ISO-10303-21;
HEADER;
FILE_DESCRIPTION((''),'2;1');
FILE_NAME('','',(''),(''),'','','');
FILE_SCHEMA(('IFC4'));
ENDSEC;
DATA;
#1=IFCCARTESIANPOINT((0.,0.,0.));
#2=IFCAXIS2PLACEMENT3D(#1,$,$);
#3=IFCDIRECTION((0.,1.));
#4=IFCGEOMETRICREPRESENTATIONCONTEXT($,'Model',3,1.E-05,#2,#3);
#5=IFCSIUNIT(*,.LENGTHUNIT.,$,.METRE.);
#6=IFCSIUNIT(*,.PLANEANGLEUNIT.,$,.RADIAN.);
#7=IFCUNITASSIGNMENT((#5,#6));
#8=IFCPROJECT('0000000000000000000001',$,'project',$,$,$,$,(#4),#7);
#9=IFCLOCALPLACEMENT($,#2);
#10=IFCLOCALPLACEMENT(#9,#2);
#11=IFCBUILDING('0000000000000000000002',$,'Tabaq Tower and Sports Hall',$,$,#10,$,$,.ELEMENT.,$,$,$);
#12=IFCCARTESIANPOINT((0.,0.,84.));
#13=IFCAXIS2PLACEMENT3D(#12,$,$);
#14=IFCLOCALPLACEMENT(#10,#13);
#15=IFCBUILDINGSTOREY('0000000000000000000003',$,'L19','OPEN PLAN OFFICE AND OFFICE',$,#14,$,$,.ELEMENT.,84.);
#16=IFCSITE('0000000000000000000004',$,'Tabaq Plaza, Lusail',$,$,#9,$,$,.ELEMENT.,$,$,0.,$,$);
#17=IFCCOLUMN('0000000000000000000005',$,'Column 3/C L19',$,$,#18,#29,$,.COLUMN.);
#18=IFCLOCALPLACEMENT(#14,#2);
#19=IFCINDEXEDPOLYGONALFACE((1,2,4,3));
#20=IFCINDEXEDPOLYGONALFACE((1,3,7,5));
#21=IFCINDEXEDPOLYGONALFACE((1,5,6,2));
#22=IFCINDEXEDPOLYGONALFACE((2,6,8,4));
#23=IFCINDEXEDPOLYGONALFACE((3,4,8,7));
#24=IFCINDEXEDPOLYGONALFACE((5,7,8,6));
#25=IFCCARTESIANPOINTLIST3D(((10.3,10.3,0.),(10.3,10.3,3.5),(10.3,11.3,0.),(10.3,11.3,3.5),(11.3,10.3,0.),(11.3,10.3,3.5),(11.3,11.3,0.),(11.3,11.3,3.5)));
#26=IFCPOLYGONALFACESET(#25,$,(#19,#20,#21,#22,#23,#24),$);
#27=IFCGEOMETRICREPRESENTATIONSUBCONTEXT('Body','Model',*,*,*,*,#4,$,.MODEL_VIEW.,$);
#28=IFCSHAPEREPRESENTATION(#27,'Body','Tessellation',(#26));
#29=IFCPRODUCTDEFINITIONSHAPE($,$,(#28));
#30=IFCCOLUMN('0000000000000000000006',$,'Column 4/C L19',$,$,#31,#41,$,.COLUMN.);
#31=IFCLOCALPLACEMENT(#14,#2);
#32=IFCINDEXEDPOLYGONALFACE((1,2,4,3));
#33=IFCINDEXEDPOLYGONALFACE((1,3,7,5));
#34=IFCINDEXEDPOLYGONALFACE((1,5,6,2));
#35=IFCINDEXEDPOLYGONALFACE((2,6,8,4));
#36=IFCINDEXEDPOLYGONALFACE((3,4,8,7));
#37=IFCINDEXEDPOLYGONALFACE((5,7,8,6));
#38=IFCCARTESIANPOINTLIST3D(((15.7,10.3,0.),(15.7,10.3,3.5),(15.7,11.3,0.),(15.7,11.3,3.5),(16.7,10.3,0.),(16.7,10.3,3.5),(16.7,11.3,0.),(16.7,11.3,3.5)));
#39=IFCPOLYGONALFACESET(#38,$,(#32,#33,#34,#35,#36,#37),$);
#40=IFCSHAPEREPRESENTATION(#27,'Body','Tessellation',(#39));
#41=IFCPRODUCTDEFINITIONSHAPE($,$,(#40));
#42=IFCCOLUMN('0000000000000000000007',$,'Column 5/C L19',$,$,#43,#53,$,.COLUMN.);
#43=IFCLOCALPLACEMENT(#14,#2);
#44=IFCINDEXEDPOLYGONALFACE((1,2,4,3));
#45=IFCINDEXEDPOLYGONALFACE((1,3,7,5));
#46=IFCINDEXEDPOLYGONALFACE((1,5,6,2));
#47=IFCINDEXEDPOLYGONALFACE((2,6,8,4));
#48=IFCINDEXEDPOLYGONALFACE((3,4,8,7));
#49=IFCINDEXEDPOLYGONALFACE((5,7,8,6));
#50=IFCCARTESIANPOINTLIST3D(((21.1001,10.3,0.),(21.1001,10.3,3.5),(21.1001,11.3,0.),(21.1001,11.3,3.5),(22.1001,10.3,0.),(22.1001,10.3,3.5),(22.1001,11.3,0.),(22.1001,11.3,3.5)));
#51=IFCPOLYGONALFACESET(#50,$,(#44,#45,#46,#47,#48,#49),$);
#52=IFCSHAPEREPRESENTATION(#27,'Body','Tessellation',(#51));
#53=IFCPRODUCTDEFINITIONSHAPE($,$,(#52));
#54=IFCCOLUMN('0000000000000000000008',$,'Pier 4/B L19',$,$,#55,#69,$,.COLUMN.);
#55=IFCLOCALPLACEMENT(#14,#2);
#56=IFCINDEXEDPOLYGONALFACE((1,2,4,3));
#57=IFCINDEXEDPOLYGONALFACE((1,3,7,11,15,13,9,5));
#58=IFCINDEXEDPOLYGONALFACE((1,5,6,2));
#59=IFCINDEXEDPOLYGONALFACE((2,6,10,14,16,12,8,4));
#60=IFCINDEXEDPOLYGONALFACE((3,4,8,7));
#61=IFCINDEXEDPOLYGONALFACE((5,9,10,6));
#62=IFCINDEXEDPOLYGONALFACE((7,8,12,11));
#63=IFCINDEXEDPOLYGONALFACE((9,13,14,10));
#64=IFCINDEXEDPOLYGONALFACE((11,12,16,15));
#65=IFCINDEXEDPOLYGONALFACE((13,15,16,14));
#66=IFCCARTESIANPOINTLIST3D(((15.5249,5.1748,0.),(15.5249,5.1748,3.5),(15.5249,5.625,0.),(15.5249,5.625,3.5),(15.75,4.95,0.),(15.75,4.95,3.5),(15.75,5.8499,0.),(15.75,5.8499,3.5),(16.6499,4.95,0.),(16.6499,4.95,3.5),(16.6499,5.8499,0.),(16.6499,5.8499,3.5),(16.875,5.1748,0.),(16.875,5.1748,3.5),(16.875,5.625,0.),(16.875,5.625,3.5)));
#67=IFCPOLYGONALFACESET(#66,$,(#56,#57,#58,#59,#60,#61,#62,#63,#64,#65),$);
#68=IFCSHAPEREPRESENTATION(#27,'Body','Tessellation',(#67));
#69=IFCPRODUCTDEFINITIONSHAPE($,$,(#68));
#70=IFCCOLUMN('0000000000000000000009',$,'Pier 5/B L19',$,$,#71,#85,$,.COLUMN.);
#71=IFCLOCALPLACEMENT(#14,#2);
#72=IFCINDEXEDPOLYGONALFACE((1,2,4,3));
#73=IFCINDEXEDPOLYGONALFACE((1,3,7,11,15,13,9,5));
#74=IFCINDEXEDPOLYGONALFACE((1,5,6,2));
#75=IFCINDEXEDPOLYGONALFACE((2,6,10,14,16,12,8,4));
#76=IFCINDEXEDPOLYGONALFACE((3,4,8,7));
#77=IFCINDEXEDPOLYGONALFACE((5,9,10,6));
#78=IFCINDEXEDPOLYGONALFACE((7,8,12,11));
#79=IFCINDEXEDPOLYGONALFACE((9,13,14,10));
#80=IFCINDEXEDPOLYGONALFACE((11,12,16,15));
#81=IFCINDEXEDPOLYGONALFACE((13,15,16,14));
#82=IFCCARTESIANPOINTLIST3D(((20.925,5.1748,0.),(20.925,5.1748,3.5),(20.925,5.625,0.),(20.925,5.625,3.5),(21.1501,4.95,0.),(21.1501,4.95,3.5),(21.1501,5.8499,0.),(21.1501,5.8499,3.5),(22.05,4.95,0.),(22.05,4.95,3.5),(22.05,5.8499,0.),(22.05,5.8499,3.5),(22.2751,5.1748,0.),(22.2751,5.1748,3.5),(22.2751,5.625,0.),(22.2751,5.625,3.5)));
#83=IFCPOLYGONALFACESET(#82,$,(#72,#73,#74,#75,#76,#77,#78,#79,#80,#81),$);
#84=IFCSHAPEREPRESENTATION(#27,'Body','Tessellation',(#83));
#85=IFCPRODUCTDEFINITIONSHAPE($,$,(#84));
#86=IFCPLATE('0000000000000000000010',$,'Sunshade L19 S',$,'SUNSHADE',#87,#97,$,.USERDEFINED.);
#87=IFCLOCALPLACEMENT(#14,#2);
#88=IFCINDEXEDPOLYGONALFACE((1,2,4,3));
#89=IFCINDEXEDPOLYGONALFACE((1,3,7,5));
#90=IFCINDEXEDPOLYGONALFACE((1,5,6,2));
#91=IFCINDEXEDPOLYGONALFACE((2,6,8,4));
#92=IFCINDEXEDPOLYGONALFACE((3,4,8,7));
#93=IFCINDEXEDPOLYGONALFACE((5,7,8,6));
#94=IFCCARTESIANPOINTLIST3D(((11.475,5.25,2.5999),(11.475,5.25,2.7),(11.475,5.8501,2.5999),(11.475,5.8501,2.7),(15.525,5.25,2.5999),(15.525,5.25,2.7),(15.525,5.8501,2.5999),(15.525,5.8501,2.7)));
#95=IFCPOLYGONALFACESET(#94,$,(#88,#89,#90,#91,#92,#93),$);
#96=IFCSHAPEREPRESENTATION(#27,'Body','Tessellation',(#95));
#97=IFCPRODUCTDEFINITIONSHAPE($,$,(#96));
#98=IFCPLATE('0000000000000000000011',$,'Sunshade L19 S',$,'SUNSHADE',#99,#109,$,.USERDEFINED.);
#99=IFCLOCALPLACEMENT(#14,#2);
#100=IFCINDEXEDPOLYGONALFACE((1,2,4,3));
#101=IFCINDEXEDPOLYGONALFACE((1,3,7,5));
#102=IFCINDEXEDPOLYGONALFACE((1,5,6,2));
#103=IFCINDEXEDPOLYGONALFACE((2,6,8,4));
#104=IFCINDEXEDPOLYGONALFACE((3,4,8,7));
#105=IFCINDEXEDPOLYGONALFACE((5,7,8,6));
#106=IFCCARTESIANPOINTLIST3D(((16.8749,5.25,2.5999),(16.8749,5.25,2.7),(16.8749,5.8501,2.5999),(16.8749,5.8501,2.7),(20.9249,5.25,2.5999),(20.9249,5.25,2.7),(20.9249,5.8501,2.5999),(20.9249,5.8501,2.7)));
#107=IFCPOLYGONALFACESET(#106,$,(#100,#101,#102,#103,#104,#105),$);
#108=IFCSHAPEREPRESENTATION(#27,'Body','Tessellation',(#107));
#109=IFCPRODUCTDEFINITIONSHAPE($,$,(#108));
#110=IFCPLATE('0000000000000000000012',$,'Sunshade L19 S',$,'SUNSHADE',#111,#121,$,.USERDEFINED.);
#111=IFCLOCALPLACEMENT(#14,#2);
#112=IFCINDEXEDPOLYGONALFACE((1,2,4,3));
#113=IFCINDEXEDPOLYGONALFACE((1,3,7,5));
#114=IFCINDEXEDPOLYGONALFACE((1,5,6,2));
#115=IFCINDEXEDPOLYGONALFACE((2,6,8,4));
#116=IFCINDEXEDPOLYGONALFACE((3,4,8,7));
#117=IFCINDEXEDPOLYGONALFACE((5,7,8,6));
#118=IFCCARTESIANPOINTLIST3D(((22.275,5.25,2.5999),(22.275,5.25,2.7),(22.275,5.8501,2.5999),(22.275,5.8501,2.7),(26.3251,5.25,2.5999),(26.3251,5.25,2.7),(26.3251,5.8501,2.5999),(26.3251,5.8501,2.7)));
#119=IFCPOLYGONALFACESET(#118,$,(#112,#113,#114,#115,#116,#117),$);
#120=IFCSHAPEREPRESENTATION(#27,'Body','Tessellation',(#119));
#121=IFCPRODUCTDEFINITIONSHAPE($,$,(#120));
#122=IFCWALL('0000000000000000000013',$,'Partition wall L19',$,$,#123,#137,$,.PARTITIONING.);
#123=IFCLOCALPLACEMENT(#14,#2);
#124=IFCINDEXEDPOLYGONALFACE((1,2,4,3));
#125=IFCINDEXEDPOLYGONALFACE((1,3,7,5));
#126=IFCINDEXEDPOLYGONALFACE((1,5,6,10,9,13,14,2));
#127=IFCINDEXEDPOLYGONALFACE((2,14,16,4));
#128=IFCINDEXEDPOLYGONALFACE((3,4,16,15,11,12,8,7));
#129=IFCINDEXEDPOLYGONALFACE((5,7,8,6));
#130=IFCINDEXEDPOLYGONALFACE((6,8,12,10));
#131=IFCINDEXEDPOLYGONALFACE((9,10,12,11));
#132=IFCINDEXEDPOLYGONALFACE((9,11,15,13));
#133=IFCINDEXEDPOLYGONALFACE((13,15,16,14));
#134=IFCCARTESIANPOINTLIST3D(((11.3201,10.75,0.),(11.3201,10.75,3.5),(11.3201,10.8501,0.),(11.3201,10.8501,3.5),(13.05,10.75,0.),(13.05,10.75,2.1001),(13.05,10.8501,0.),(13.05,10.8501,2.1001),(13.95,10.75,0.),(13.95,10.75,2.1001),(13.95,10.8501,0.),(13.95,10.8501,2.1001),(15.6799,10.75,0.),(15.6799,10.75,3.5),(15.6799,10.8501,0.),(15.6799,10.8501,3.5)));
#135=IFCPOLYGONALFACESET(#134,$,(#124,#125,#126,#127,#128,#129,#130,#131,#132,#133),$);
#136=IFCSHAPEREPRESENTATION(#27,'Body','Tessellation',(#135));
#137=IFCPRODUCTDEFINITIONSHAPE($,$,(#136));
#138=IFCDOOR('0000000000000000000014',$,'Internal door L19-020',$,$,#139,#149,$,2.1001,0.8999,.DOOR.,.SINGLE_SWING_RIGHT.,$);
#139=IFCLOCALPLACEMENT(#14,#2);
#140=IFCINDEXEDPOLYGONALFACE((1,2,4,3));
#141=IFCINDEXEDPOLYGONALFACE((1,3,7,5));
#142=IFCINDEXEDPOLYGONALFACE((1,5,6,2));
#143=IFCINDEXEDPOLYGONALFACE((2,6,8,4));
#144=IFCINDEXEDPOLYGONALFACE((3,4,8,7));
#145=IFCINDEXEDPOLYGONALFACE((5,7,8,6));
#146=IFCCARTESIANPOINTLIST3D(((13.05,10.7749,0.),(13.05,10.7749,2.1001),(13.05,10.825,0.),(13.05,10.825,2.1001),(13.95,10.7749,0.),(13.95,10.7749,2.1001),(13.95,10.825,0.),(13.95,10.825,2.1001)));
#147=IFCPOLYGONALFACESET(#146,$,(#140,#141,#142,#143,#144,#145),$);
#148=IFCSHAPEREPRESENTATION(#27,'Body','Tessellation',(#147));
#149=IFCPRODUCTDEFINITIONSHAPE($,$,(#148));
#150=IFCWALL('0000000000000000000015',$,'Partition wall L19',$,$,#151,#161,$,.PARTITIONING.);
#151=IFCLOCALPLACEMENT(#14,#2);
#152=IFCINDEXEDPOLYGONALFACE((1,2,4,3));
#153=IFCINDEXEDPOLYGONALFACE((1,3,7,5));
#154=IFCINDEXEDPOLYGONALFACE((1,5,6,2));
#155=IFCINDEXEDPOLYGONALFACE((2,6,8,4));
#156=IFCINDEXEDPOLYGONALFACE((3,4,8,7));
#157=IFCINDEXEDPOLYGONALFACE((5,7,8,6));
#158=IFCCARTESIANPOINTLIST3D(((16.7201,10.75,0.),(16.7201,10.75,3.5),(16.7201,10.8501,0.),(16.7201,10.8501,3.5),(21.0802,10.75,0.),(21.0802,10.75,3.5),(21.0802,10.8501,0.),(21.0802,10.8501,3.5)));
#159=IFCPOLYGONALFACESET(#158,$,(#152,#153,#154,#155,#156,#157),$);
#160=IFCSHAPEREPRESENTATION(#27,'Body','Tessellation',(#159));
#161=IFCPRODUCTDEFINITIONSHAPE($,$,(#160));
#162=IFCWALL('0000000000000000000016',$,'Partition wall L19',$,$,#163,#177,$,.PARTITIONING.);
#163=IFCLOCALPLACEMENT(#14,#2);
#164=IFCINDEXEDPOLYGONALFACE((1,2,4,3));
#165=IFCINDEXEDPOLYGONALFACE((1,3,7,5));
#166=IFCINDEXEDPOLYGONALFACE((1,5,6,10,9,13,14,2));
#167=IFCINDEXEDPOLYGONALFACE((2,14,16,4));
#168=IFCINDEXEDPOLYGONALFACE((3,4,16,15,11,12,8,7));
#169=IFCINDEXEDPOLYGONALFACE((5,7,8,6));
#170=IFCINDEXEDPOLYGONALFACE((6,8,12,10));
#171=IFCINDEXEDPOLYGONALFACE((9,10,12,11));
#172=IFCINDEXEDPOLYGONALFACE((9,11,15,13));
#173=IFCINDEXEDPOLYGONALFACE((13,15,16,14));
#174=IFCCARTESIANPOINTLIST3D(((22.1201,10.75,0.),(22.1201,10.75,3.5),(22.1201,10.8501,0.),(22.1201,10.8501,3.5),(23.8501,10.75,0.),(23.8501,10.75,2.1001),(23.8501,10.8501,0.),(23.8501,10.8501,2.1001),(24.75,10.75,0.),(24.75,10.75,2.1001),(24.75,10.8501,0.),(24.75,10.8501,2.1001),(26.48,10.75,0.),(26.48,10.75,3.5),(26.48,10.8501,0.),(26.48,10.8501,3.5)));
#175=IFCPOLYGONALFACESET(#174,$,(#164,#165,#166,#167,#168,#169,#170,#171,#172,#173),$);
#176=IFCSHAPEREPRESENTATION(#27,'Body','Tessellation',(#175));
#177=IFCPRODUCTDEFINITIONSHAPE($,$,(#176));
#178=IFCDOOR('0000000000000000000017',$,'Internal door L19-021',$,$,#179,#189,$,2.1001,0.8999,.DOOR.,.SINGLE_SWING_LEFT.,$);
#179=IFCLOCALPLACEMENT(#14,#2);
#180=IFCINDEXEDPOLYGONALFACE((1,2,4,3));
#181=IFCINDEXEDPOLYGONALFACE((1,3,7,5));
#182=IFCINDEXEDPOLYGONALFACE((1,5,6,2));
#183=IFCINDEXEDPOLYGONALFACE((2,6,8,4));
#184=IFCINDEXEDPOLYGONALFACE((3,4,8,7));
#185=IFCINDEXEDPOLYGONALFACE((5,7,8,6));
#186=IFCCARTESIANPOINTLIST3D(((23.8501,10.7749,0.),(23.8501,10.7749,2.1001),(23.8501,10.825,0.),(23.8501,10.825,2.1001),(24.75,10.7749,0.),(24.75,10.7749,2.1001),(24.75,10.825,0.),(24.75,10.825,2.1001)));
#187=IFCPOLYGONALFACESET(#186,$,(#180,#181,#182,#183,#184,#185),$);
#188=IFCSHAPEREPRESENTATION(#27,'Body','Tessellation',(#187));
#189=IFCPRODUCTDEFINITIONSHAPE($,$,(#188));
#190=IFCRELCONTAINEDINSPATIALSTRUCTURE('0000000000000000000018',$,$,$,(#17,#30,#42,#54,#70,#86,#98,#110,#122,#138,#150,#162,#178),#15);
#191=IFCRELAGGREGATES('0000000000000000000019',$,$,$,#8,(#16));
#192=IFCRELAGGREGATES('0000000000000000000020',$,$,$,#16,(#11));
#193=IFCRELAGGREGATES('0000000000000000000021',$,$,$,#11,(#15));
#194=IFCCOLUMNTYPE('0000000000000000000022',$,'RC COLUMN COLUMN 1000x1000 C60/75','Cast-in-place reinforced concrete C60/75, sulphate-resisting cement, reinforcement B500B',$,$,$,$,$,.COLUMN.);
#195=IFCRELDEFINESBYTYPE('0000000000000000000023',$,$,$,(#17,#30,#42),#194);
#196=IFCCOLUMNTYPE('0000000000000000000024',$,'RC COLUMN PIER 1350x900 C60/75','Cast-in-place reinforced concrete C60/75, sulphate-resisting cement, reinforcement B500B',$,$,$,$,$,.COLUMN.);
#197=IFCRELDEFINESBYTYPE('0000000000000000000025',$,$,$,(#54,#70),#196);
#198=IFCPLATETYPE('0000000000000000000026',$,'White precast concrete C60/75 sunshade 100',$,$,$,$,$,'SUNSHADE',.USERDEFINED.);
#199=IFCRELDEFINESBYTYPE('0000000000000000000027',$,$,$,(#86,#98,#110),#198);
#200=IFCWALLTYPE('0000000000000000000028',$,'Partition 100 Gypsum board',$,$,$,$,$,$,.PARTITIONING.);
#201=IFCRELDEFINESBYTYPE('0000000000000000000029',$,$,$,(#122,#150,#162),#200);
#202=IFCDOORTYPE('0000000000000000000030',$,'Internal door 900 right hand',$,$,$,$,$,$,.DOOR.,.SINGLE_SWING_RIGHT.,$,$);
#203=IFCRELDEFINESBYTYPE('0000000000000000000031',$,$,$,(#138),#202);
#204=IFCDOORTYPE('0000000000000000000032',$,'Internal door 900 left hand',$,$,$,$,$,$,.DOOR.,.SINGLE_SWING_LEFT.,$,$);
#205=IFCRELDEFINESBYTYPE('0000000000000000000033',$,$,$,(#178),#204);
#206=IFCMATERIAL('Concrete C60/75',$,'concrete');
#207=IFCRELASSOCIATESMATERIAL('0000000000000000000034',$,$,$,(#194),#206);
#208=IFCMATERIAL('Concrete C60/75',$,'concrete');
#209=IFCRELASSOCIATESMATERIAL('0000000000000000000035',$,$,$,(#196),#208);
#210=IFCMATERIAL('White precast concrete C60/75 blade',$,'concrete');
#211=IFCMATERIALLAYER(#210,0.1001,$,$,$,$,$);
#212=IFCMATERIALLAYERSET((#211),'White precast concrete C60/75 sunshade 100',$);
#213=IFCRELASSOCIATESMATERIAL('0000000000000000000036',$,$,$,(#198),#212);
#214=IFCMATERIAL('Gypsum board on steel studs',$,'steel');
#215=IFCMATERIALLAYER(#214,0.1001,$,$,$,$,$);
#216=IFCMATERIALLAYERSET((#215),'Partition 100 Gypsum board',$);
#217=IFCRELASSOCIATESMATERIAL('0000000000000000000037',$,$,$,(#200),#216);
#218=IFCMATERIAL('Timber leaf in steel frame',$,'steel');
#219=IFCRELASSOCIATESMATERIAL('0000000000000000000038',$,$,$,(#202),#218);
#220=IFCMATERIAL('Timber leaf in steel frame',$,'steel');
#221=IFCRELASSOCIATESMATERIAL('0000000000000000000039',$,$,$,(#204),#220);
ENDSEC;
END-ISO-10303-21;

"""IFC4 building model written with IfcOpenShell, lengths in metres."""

from ifc_helpers import new_model, si_unit, direction, frame, frame_2d, origin, origin_2d, place, context, subcontext, project, spatial, polyline, rectangle, outline, extrude, material, layer, layer_set, material_profile, profile_set, type_object, element, fill, save


model = new_model("IFC4")

# Units and contexts
model_context = context("Model", 3, precision=1e-05, world=origin(), true_north=direction((0.0, 1.0)))
body_context = subcontext(model_context, "Body", "Model", "MODEL_VIEW")
ifc_project = project(units=[si_unit("LENGTHUNIT", "METRE"), si_unit("PLANEANGLEUNIT", "RADIAN")], contexts=[model_context])

# Site, building, storey
site_placement = place(None, origin())
site = spatial("IfcSite", under=ifc_project, at=site_placement, Name="Tabaq Plaza, Lusail", CompositionType="ELEMENT", RefElevation=0.0)
building_placement = place(site_placement, origin())
building = spatial("IfcBuilding", under=site, at=building_placement, Name="Tabaq Tower and Sports Hall", CompositionType="ELEMENT")
storey_placement = place(building_placement, frame((0.0, 0.0, 84.0)))
storey = spatial("IfcBuildingStorey", under=building, at=storey_placement, Name="L19", Description="OPEN PLAN OFFICE AND OFFICE", CompositionType="ELEMENT", Elevation=84.0)

# Columns
ifc_material_1 = material(Name="Concrete C60/75", Category="concrete")
ifc_material_profile_1 = material_profile(ifc_material_1, rectangle(XDim=1.0, YDim=1.0, at=origin_2d()), Name="COLUMN 1000x1000")
ifc_profile_set_1 = profile_set([ifc_material_profile_1], Name="Concrete C60/75")
column_type_1 = type_object("IfcColumnType", Name="RC COLUMN COLUMN 1000x1000 C60/75", Description="Cast-in-place reinforced concrete C60/75, sulphate-resisting cement, reinforcement B500B", PredefinedType="COLUMN", material=ifc_profile_set_1)
for number, where, z_axis, x_axis, name in (
    (1, (10.8, 10.8, 0.0), (0.0, 0.0, 1.0), (1.0, 0.0, 0.0), "Column 3/C L19"),
    (2, (16.2, 10.8, 0.0), (0.0, 0.0, 1.0), (1.0, 0.0, 0.0), "Column 4/C L19"),
    (3, (21.6001, 10.8, 0.0), (0.0, 0.0, 1.0), (1.0, 0.0, 0.0), "Column 5/C L19"),
):
    element("IfcColumn", number, at=place(storey_placement, frame(where, z_axis=z_axis, x_axis=x_axis)), inside=storey, type_object=column_type_1, Name=name, PredefinedType="COLUMN", context=body_context, shape_type="SweptSolid", body=[
        extrude(rectangle(XDim=1.0, YDim=1.0, at=origin_2d()), origin(), (0.0, 0.0, 1.0), 3.5),
    ])
ifc_material_2 = material(Name="Concrete C60/75", Category="concrete")
ifc_material_profile_2 = material_profile(ifc_material_2, outline(polyline([(-0.45, -0.45), (0.45, -0.45), (0.675, -0.2251), (0.675, 0.2251), (0.45, 0.45), (-0.45, 0.45), (-0.675, 0.2251), (-0.675, -0.2251), (-0.45, -0.45)])), Name="PIER 1350x900")
ifc_profile_set_2 = profile_set([ifc_material_profile_2], Name="Concrete C60/75")
column_type_2 = type_object("IfcColumnType", Name="RC COLUMN PIER 1350x900 C60/75", Description="Cast-in-place reinforced concrete C60/75, sulphate-resisting cement, reinforcement B500B", PredefinedType="COLUMN", material=ifc_profile_set_2)
for number, where, z_axis, x_axis, name in (
    (4, (16.2, 5.3999, 0.0), (0.0, 0.0, 1.0), (1.0, 0.0, 0.0), "Pier 4/B L19"),
    (5, (21.6001, 5.3999, 0.0), (0.0, 0.0, 1.0), (1.0, 0.0, 0.0), "Pier 5/B L19"),
):
    element("IfcColumn", number, at=place(storey_placement, frame(where, z_axis=z_axis, x_axis=x_axis)), inside=storey, type_object=column_type_2, Name=name, PredefinedType="COLUMN", context=body_context, shape_type="SweptSolid", body=[
        extrude(outline(polyline([(-0.45, -0.45), (0.45, -0.45), (0.675, -0.2251), (0.675, 0.2251), (0.45, 0.45), (-0.45, 0.45), (-0.675, 0.2251), (-0.675, -0.2251), (-0.45, -0.45)])), origin(), (0.0, 0.0, 1.0), 3.5),
    ])

# Plates
ifc_material_3 = material(Name="White precast concrete C60/75 blade", Category="concrete")
ifc_layer_1 = layer(ifc_material_3, 0.1001)
ifc_layer_set_1 = layer_set([ifc_layer_1], Name="White precast concrete C60/75 sunshade 100")
plate_type = type_object("IfcPlateType", Name="White precast concrete C60/75 sunshade 100", ElementType="SUNSHADE", PredefinedType="USERDEFINED", material=ifc_layer_set_1)
for number, where, z_axis, x_axis, name in (
    (6, (13.5, 5.55, 2.5999), (0.0, 0.0, 1.0), (1.0, 0.0, 0.0), "Sunshade L19 S"),
    (7, (18.8999, 5.55, 2.5999), (0.0, 0.0, 1.0), (1.0, 0.0, 0.0), "Sunshade L19 S"),
    (8, (24.3, 5.55, 2.5999), (0.0, 0.0, 1.0), (1.0, 0.0, 0.0), "Sunshade L19 S"),
):
    element("IfcPlate", number, at=place(storey_placement, frame(where, z_axis=z_axis, x_axis=x_axis)), inside=storey, type_object=plate_type, Name=name, ObjectType="SUNSHADE", PredefinedType="USERDEFINED", context=body_context, shape_type="SweptSolid", body=[
        extrude(rectangle(XDim=4.05, YDim=0.6001, at=origin_2d()), origin(), (0.0, 0.0, 1.0), 0.1001),
    ])

# Wall, opening, door
ifc_material_4 = material(Name="Gypsum board on steel studs", Category="steel")
ifc_layer_2 = layer(ifc_material_4, 0.1001)
ifc_layer_set_2 = layer_set([ifc_layer_2], Name="Partition 100 Gypsum board")
wall_type_1 = type_object("IfcWallType", Name="Partition 100 Gypsum board", PredefinedType="PARTITIONING", material=ifc_layer_set_2)
wall_1_placement = place(storey_placement, frame((11.3201, 10.8, 0.0), z_axis=(0.0, 0.0, 1.0), x_axis=(1.0, 0.0, 0.0)))
wall_1 = element("IfcWall", 9, at=wall_1_placement, inside=storey, type_object=wall_type_1, Name="Partition wall L19", PredefinedType="PARTITIONING", context=body_context, shape_type="SweptSolid", body=[
    extrude(rectangle(XDim=4.3599, YDim=0.1001, at=frame_2d((2.1799, 0.0))), origin(), (0.0, 0.0, 1.0), 3.5),
])
opening_1_placement = place(wall_1_placement, frame((1.73, 0.0, 0.0)))
opening_1 = element("IfcOpeningElement", 10, at=opening_1_placement, cuts=wall_1, PredefinedType="OPENING", context=body_context, shape_type="SweptSolid", body=[
    extrude(rectangle(XDim=0.8999, YDim=2.1001, at=frame_2d((0.45, 1.05))), frame((0.0, 0.05, 0.0), z_axis=(0.0, -1.0, 0.0), x_axis=(1.0, 0.0, 0.0)), (0.0, 0.0, 1.0), 0.1001),
])
ifc_material_5 = material(Name="Timber leaf in steel frame", Category="steel")
door_type_1 = type_object("IfcDoorType", Name="Internal door 900 right hand", OperationType="SINGLE_SWING_RIGHT", PredefinedType="DOOR", material=ifc_material_5)
door_1_placement = place(opening_1_placement, origin())
door_1 = element("IfcDoor", 11, at=door_1_placement, inside=storey, type_object=door_type_1, Name="Internal door L19-020", OperationType="SINGLE_SWING_RIGHT", OverallHeight=2.1001, OverallWidth=0.8999, PredefinedType="DOOR", context=body_context, shape_type="SweptSolid", body=[
    extrude(rectangle(XDim=0.8999, YDim=2.1001, at=frame_2d((0.45, 1.05))), frame((0.0, 0.0249, 0.0), z_axis=(0.0, -1.0, 0.0), x_axis=(1.0, 0.0, 0.0)), (0.0, 0.0, 1.0), 0.05),
])
fill(opening_1, door_1)

# Wall
wall_2_placement = place(storey_placement, frame((16.72, 10.8, 0.0), z_axis=(0.0, 0.0, 1.0), x_axis=(1.0, 0.0, 0.0)))
element("IfcWall", 12, at=wall_2_placement, inside=storey, type_object=wall_type_1, Name="Partition wall L19", PredefinedType="PARTITIONING", context=body_context, shape_type="SweptSolid", body=[
    extrude(rectangle(XDim=4.3601, YDim=0.1001, at=frame_2d((2.1802, 0.0))), origin(), (0.0, 0.0, 1.0), 3.5),
])

# Wall, opening, door
wall_3_placement = place(storey_placement, frame((22.1201, 10.8, 0.0), z_axis=(0.0, 0.0, 1.0), x_axis=(1.0, 0.0, 0.0)))
wall_3 = element("IfcWall", 13, at=wall_3_placement, inside=storey, type_object=wall_type_1, Name="Partition wall L19", PredefinedType="PARTITIONING", context=body_context, shape_type="SweptSolid", body=[
    extrude(rectangle(XDim=4.3599, YDim=0.1001, at=frame_2d((2.1799, 0.0))), origin(), (0.0, 0.0, 1.0), 3.5),
])
opening_2_placement = place(wall_3_placement, frame((1.73, 0.0, 0.0)))
opening_2 = element("IfcOpeningElement", 14, at=opening_2_placement, cuts=wall_3, PredefinedType="OPENING", context=body_context, shape_type="SweptSolid", body=[
    extrude(rectangle(XDim=0.8999, YDim=2.1001, at=frame_2d((0.45, 1.05))), frame((0.0, 0.05, 0.0), z_axis=(0.0, -1.0, 0.0), x_axis=(1.0, 0.0, 0.0)), (0.0, 0.0, 1.0), 0.1001),
])
ifc_material_6 = material(Name="Timber leaf in steel frame", Category="steel")
door_type_2 = type_object("IfcDoorType", Name="Internal door 900 left hand", OperationType="SINGLE_SWING_LEFT", PredefinedType="DOOR", material=ifc_material_6)
door_2_placement = place(opening_2_placement, origin())
door_2 = element("IfcDoor", 15, at=door_2_placement, inside=storey, type_object=door_type_2, Name="Internal door L19-021", OperationType="SINGLE_SWING_LEFT", OverallHeight=2.1001, OverallWidth=0.8999, PredefinedType="DOOR", context=body_context, shape_type="SweptSolid", body=[
    extrude(rectangle(XDim=0.8999, YDim=2.1001, at=frame_2d((0.45, 1.05))), frame((0.0, 0.0249, 0.0), z_axis=(0.0, -1.0, 0.0), x_axis=(1.0, 0.0, 0.0)), (0.0, 0.0, 1.0), 0.05),
])
fill(opening_2, door_2)

save(model, "model.ifc")
